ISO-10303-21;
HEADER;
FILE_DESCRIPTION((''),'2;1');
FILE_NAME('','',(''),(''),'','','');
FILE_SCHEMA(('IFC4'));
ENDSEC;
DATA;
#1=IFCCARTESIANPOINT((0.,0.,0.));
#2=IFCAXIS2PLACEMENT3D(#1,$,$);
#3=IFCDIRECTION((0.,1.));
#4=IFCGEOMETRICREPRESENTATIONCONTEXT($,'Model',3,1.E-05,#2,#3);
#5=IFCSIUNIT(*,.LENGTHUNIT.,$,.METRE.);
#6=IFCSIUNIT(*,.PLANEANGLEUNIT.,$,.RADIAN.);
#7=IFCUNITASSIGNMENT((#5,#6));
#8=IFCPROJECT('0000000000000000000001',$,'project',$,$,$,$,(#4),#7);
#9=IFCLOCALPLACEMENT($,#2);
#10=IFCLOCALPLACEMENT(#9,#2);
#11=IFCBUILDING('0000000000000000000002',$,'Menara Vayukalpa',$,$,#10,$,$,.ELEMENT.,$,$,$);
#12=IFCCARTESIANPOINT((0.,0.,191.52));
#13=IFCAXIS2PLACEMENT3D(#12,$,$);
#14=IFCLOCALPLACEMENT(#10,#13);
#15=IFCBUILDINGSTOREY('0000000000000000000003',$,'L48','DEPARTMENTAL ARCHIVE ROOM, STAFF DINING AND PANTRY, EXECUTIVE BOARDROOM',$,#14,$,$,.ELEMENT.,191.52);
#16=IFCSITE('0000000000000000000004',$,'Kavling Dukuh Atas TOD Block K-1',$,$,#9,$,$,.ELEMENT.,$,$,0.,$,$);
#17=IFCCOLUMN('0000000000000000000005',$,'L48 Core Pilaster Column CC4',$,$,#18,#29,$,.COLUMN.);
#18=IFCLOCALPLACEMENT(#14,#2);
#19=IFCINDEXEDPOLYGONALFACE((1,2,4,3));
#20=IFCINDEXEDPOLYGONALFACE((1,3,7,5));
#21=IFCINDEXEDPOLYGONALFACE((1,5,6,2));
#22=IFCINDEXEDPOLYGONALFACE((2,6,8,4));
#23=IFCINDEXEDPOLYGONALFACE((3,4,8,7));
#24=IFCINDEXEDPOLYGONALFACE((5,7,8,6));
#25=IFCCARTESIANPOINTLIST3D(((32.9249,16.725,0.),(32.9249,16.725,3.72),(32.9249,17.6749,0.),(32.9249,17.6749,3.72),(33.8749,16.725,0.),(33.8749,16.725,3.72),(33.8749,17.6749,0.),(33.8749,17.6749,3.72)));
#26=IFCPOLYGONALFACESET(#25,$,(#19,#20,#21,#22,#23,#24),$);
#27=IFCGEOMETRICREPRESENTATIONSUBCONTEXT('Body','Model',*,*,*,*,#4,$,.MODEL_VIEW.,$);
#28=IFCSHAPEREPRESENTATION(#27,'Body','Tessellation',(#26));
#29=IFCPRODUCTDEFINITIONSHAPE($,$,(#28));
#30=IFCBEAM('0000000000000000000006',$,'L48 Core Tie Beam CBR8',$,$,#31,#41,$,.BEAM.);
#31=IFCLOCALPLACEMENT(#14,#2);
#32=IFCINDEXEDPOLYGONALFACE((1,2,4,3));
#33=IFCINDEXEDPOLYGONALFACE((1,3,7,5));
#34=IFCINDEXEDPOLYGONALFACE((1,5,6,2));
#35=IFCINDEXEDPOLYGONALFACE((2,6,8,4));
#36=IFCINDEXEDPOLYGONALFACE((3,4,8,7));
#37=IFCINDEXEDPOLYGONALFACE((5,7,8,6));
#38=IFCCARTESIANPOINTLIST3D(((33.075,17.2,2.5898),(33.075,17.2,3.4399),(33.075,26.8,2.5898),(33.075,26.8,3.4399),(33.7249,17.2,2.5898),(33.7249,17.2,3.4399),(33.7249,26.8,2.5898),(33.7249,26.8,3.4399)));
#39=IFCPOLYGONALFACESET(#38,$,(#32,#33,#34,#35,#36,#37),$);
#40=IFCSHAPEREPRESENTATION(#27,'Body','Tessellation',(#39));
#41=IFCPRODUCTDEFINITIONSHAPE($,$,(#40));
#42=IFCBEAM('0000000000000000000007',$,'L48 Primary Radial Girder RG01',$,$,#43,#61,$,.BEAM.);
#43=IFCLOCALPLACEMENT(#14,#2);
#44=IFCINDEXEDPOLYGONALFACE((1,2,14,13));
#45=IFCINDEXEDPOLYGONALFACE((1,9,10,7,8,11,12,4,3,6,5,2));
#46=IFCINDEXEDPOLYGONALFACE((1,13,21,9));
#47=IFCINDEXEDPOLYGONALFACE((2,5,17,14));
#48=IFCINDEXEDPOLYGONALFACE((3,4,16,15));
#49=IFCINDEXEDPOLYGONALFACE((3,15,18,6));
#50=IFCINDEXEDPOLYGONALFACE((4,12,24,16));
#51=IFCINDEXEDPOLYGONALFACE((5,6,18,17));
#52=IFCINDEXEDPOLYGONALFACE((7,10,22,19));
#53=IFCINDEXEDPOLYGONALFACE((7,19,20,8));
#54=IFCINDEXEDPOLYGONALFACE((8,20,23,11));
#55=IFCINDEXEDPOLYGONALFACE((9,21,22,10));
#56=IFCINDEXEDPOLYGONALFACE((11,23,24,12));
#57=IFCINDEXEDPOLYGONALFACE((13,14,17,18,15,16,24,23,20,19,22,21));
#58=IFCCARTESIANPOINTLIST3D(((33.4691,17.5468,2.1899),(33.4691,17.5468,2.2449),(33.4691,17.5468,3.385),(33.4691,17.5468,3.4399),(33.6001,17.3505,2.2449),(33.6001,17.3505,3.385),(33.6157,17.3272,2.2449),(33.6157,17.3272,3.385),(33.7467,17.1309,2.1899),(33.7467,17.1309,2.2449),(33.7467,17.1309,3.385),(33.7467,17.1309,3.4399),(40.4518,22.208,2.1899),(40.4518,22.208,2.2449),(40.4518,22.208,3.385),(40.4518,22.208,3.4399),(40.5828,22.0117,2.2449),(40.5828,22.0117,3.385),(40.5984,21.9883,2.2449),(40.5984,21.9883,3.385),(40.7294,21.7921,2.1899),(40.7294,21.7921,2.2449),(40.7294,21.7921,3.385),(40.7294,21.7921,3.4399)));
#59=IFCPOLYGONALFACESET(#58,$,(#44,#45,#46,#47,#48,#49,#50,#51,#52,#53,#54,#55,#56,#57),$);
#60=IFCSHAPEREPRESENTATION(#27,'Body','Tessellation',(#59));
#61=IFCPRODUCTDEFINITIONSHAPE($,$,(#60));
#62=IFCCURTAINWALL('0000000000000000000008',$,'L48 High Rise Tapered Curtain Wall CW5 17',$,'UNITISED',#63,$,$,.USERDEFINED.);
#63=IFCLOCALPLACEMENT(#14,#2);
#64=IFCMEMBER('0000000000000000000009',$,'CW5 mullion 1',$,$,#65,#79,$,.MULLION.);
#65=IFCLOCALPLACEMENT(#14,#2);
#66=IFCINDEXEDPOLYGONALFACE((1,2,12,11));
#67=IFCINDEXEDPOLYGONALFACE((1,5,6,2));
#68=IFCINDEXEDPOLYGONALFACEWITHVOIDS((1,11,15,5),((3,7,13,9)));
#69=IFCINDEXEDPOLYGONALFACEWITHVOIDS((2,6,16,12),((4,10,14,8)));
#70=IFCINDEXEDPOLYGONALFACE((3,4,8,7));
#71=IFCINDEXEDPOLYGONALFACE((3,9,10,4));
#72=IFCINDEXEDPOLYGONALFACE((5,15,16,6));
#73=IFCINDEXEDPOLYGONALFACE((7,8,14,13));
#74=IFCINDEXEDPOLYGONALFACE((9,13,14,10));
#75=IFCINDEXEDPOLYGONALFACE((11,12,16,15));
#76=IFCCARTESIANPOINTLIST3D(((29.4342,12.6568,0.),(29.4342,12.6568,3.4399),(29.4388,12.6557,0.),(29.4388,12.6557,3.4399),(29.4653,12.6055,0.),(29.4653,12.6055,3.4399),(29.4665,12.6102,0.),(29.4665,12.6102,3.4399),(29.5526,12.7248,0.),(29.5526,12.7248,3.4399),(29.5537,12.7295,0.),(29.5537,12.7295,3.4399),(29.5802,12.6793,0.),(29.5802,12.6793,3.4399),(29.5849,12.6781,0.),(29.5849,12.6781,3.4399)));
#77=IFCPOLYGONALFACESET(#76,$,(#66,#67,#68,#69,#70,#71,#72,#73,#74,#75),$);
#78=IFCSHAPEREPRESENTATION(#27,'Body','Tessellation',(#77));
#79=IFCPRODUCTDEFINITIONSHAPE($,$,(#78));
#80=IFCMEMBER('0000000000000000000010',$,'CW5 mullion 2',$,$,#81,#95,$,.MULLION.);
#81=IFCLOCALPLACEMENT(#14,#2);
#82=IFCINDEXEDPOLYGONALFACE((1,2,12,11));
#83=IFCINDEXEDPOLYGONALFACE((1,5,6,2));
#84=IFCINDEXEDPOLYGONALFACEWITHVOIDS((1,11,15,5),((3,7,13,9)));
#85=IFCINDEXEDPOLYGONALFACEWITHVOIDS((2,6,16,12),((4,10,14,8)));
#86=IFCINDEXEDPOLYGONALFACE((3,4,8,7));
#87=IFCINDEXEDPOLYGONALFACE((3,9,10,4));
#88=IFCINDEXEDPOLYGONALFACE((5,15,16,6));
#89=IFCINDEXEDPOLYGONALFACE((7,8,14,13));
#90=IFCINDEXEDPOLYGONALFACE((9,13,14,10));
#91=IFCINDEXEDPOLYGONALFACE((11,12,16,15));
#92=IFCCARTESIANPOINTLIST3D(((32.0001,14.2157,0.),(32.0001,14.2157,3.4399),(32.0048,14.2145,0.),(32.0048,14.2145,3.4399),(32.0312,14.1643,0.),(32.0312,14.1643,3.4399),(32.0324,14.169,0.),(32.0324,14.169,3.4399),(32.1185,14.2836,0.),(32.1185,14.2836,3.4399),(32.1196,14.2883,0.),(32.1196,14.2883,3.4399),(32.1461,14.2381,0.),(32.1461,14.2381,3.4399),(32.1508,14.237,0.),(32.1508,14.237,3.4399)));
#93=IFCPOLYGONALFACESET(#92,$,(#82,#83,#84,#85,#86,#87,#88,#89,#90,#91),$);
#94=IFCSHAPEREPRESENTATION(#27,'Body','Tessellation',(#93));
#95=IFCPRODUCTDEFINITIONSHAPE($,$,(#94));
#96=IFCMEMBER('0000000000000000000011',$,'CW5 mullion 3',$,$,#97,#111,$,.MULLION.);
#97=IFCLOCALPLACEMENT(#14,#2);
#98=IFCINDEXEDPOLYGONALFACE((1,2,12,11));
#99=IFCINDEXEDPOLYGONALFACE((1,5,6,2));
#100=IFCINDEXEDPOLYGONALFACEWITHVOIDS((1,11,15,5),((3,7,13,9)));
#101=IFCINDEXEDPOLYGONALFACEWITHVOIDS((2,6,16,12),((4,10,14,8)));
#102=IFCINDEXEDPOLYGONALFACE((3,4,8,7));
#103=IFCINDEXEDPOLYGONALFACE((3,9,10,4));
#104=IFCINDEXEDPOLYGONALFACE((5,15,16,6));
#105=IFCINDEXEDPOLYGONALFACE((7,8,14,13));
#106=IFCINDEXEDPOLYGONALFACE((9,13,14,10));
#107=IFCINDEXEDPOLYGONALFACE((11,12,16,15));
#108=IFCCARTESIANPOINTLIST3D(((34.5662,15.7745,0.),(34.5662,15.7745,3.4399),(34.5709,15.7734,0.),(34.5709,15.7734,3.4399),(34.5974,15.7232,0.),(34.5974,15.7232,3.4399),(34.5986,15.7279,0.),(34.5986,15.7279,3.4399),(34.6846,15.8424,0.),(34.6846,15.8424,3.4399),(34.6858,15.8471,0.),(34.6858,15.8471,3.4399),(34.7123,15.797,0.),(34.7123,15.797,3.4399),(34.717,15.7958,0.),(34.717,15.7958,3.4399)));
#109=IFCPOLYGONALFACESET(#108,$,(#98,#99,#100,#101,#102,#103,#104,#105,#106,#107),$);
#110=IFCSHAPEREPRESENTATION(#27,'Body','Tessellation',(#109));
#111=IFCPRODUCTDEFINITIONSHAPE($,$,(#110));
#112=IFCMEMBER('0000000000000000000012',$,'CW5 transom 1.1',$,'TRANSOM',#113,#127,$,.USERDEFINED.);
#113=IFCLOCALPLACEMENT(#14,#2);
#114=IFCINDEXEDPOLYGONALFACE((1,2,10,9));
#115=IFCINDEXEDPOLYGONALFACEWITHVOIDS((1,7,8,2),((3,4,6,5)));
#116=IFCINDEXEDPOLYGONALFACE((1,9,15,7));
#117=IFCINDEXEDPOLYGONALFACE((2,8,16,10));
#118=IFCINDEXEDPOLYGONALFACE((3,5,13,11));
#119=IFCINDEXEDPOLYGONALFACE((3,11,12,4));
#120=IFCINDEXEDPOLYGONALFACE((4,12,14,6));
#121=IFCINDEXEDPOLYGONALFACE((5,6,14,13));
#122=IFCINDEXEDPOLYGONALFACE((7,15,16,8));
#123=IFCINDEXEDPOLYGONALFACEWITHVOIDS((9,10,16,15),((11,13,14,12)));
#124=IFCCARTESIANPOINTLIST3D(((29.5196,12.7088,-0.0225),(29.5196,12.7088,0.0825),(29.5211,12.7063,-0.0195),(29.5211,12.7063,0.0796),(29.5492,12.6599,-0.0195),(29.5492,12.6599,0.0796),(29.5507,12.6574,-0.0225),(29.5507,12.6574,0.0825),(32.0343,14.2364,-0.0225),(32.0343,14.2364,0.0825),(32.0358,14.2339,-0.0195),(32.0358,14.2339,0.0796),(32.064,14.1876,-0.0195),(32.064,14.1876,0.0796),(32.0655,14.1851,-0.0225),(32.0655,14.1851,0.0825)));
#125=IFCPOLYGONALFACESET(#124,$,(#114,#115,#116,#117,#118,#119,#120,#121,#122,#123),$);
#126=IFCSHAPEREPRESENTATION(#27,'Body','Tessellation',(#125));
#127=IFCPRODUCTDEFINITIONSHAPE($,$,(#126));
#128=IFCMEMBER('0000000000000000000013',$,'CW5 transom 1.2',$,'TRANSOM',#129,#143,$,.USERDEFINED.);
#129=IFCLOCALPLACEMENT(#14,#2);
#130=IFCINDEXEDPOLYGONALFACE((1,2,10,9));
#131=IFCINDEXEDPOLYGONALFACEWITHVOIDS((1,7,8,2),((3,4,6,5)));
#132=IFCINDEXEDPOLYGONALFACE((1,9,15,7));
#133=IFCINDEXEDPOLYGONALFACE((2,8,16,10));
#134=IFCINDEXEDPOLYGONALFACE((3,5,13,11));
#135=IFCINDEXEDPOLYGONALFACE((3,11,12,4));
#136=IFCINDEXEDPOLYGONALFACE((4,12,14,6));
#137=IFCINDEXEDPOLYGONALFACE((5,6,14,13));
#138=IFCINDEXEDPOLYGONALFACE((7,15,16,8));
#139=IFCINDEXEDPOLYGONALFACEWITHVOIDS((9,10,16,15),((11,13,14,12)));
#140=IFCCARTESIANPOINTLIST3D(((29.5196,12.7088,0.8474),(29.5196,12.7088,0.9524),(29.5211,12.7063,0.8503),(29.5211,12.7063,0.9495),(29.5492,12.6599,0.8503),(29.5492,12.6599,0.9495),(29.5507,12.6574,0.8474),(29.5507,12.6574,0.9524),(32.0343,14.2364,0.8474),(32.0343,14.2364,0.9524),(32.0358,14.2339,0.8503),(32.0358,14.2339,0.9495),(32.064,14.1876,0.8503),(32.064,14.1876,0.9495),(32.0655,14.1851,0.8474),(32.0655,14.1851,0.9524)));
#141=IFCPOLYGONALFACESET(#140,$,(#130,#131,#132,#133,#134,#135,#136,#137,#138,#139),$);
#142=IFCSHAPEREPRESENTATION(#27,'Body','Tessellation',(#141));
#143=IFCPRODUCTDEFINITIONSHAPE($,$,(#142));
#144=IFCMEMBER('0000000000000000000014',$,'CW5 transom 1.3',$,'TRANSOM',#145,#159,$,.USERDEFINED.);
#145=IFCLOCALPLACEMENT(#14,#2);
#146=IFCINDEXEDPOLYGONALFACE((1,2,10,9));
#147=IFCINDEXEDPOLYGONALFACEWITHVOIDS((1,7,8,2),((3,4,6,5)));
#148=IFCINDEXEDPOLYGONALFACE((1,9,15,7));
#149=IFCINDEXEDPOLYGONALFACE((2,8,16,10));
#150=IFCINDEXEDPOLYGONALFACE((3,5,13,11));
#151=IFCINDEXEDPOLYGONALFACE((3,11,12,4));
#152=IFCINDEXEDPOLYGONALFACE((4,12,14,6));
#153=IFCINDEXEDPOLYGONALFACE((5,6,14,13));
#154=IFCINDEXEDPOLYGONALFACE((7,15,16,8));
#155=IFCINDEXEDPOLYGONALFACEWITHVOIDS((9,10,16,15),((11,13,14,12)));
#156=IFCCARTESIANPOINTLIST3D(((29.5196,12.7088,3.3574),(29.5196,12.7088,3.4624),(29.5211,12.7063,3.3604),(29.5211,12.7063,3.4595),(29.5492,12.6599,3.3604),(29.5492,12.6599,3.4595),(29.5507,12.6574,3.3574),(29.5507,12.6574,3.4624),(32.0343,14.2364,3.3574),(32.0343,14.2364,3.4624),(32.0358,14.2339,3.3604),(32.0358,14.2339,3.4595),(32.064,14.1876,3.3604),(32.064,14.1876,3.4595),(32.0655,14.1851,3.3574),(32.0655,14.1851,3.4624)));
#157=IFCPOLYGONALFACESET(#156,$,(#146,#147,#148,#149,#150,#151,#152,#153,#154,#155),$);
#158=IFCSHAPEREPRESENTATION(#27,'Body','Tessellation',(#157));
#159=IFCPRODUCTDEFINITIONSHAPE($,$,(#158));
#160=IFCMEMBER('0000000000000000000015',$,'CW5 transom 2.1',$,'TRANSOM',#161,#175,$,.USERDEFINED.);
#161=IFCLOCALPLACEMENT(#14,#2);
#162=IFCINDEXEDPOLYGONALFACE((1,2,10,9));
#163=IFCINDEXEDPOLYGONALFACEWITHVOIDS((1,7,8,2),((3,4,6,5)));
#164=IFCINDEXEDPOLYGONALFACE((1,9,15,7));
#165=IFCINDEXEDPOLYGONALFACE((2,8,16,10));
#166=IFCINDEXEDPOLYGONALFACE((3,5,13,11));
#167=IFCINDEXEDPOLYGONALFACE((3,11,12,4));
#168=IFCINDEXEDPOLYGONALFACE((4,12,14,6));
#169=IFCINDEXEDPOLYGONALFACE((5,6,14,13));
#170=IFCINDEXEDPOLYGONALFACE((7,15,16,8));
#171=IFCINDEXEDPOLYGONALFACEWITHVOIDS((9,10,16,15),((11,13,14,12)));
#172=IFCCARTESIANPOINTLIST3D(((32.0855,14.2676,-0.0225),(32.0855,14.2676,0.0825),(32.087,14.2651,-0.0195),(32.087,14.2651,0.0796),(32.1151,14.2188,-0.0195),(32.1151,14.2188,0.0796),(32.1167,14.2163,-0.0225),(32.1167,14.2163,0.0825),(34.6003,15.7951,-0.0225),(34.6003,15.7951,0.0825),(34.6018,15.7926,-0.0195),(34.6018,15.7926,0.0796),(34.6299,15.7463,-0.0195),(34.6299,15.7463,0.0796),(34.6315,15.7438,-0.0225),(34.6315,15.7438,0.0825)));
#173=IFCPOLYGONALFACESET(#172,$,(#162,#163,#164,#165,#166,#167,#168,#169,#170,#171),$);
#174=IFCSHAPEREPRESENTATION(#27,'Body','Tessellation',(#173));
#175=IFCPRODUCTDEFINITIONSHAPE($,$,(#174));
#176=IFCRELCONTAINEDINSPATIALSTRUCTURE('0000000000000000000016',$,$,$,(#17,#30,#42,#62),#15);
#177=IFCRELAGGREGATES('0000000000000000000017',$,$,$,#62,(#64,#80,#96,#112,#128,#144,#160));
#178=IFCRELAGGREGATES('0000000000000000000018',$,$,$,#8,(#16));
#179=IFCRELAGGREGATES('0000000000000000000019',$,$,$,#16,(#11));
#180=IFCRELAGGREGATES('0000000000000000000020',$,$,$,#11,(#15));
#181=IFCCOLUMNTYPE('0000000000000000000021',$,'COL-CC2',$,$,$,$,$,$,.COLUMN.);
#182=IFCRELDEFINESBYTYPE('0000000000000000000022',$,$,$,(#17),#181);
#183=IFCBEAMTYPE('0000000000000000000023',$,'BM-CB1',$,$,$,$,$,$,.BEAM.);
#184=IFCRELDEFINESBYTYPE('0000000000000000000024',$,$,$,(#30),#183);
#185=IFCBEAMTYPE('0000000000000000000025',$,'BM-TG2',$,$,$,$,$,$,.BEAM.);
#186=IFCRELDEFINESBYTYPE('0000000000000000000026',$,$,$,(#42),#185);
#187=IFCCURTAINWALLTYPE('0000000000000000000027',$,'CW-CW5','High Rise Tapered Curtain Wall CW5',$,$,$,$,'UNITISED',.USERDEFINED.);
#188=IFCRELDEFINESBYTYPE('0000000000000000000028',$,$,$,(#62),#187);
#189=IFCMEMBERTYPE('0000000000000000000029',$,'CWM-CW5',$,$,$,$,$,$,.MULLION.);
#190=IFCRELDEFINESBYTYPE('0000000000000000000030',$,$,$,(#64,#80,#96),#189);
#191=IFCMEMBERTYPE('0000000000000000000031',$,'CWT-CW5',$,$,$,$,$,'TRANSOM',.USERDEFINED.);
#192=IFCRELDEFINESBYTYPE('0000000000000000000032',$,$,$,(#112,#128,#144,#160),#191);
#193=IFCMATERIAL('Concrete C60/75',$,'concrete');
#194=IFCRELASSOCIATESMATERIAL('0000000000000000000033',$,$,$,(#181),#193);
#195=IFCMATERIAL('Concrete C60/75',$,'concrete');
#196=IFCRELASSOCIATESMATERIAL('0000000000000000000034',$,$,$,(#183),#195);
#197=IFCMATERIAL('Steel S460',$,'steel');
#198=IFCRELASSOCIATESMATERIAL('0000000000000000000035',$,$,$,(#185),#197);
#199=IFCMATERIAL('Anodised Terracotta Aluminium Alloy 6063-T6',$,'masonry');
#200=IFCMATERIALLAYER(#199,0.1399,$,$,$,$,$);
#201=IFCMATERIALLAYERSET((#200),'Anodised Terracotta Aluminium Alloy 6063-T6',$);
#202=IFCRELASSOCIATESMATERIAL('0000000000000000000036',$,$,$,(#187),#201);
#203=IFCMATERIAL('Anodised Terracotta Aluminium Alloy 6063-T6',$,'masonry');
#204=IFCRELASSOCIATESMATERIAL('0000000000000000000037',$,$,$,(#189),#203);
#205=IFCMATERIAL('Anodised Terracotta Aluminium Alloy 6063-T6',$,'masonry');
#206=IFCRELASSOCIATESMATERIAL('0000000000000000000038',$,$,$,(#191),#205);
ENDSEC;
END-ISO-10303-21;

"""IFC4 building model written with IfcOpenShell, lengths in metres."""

from ifc_helpers import new_model, si_unit, direction, frame, origin, origin_2d, place, context, subcontext, project, spatial, rectangle, hollow_rectangle, i_section, extrude, material, layer, layer_set, material_profile, profile_set, type_object, element, aggregate, save


model = new_model("IFC4")

# Units and contexts
model_context = context("Model", 3, precision=1e-05, world=origin(), true_north=direction((0.0, 1.0)))
body_context = subcontext(model_context, "Body", "Model", "MODEL_VIEW")
ifc_project = project(units=[si_unit("LENGTHUNIT", "METRE"), si_unit("PLANEANGLEUNIT", "RADIAN")], contexts=[model_context])

# Site, building, storey
site_placement = place(None, origin())
site = spatial("IfcSite", under=ifc_project, at=site_placement, Name="Kavling Dukuh Atas TOD Block K-1", CompositionType="ELEMENT", RefElevation=0.0)
building_placement = place(site_placement, origin())
building = spatial("IfcBuilding", under=site, at=building_placement, Name="Menara Vayukalpa", CompositionType="ELEMENT")
storey_placement = place(building_placement, frame((0.0, 0.0, 191.52)))
storey = spatial("IfcBuildingStorey", under=building, at=storey_placement, Name="L48", Description="DEPARTMENTAL ARCHIVE ROOM, STAFF DINING AND PANTRY, EXECUTIVE BOARDROOM", CompositionType="ELEMENT", Elevation=191.52)

# Column
ifc_material_1 = material(Name="Concrete C60/75", Category="concrete")
ifc_material_profile_1 = material_profile(ifc_material_1, rectangle(XDim=0.95, YDim=0.95, at=origin_2d()), Name="RC 950x950")
ifc_profile_set_1 = profile_set([ifc_material_profile_1], Name="Concrete C60/75")
column_type = type_object("IfcColumnType", Name="COL-CC2", PredefinedType="COLUMN", material=ifc_profile_set_1)
column_placement = place(storey_placement, frame((33.3999, 17.2, 0.0), z_axis=(0.0, 0.0, 1.0), x_axis=(1.0, 0.0, 0.0)))
element("IfcColumn", 1, at=column_placement, inside=storey, type_object=column_type, Name="L48 Core Pilaster Column CC4", PredefinedType="COLUMN", context=body_context, shape_type="SweptSolid", body=[
    extrude(rectangle(XDim=0.95, YDim=0.95, at=origin_2d()), origin(), (0.0, 0.0, 1.0), 3.72),
])

# Beams
ifc_material_2 = material(Name="Concrete C60/75", Category="concrete")
ifc_material_profile_2 = material_profile(ifc_material_2, rectangle(XDim=0.6499, YDim=0.8501, at=origin_2d()), Name="RC 650x850")
ifc_profile_set_2 = profile_set([ifc_material_profile_2], Name="Concrete C60/75")
beam_type_1 = type_object("IfcBeamType", Name="BM-CB1", PredefinedType="BEAM", material=ifc_profile_set_2)
beam_1_placement = place(storey_placement, frame((33.3999, 17.2, 3.0149), z_axis=(0.0, 1.0, 0.0), x_axis=(-1.0, 0.0, 0.0)))
element("IfcBeam", 2, at=beam_1_placement, inside=storey, type_object=beam_type_1, Name="L48 Core Tie Beam CBR8", PredefinedType="BEAM", context=body_context, shape_type="SweptSolid", body=[
    extrude(rectangle(XDim=0.6499, YDim=0.8501, at=origin_2d()), origin(), (0.0, 0.0, 1.0), 9.6001),
])
ifc_material_3 = material(Name="Steel S460", Category="steel")
ifc_material_profile_3 = material_profile(ifc_material_3, i_section(OverallWidth=0.5, OverallDepth=1.25, WebThickness=0.0281, FlangeThickness=0.0549, at=origin_2d()), Name="WG 1250x500x28x55")
ifc_profile_set_3 = profile_set([ifc_material_profile_3], Name="Steel S460")
beam_type_2 = type_object("IfcBeamType", Name="BM-TG2", PredefinedType="BEAM", material=ifc_profile_set_3)
beam_2_placement = place(storey_placement, frame((33.6079, 17.3389, 2.8149), z_axis=(0.831719, 0.555197, 0.0), x_axis=(-0.555197, 0.831719, 0.0)))
element("IfcBeam", 3, at=beam_2_placement, inside=storey, type_object=beam_type_2, Name="L48 Primary Radial Girder RG01", PredefinedType="BEAM", context=body_context, shape_type="SweptSolid", body=[
    extrude(i_section(OverallWidth=0.5, OverallDepth=1.25, WebThickness=0.0281, FlangeThickness=0.0549, at=origin_2d()), origin(), (0.0, 0.0, 1.0), 8.3955),
])

# Curtain wall, members
ifc_material_4 = material(Name="Anodised Terracotta Aluminium Alloy 6063-T6", Category="masonry")
ifc_layer_1 = layer(ifc_material_4, 0.1399)
ifc_layer_set_1 = layer_set([ifc_layer_1], Name="Anodised Terracotta Aluminium Alloy 6063-T6")
curtain_wall_type = type_object("IfcCurtainWallType", Name="CW-CW5", Description="High Rise Tapered Curtain Wall CW5", ElementType="UNITISED", PredefinedType="USERDEFINED", material=ifc_layer_set_1)
curtain_wall_placement = place(storey_placement, origin())
curtain_wall = element("IfcCurtainWall", 4, at=curtain_wall_placement, inside=storey, type_object=curtain_wall_type, Name="L48 High Rise Tapered Curtain Wall CW5 17", ObjectType="UNITISED", PredefinedType="USERDEFINED")
ifc_material_5 = material(Name="Anodised Terracotta Aluminium Alloy 6063-T6", Category="masonry")
ifc_material_profile_4 = material_profile(ifc_material_5, hollow_rectangle(XDim=0.0601, YDim=0.1399, WallThickness=0.0034, at=origin_2d()), Name="ALU 60x140x3.5")
ifc_profile_set_4 = profile_set([ifc_material_profile_4], Name="Anodised Terracotta Aluminium Alloy 6063-T6")
member_type_1 = type_object("IfcMemberType", Name="CWM-CW5", PredefinedType="MULLION", material=ifc_profile_set_4)
member_1_placement = place(storey_placement, frame((29.5095, 12.6675, 0.0), z_axis=(0.0, 0.0, 1.0), x_axis=(-0.51918, 0.854665, 0.0)))
member_1 = element("IfcMember", 5, at=member_1_placement, type_object=member_type_1, Name="CW5 mullion 1", PredefinedType="MULLION", context=body_context, shape_type="SweptSolid", body=[
    extrude(hollow_rectangle(XDim=0.0601, YDim=0.1399, WallThickness=0.0034, at=origin_2d()), origin(), (0.0, 0.0, 1.0), 3.4399),
])
member_2_placement = place(storey_placement, frame((32.0754, 14.2263, 0.0), z_axis=(0.0, 0.0, 1.0), x_axis=(-0.51918, 0.854665, 0.0)))
member_2 = element("IfcMember", 6, at=member_2_placement, type_object=member_type_1, Name="CW5 mullion 2", PredefinedType="MULLION", context=body_context, shape_type="SweptSolid", body=[
    extrude(hollow_rectangle(XDim=0.0601, YDim=0.1399, WallThickness=0.0034, at=origin_2d()), origin(), (0.0, 0.0, 1.0), 3.4399),
])
member_3_placement = place(storey_placement, frame((34.6416, 15.7852, 0.0), z_axis=(0.0, 0.0, 1.0), x_axis=(-0.51918, 0.854665, 0.0)))
member_3 = element("IfcMember", 7, at=member_3_placement, type_object=member_type_1, Name="CW5 mullion 3", PredefinedType="MULLION", context=body_context, shape_type="SweptSolid", body=[
    extrude(hollow_rectangle(XDim=0.0601, YDim=0.1399, WallThickness=0.0034, at=origin_2d()), origin(), (0.0, 0.0, 1.0), 3.4399),
])
ifc_material_6 = material(Name="Anodised Terracotta Aluminium Alloy 6063-T6", Category="masonry")
ifc_material_profile_5 = material_profile(ifc_material_6, hollow_rectangle(XDim=0.0601, YDim=0.105, WallThickness=0.0029, at=origin_2d()), Name="ALU 60x105x3")
ifc_profile_set_5 = profile_set([ifc_material_profile_5], Name="Anodised Terracotta Aluminium Alloy 6063-T6")
member_type_2 = type_object("IfcMemberType", Name="CWT-CW5", ElementType="TRANSOM", PredefinedType="USERDEFINED", material=ifc_profile_set_5)
member_4_placement = place(storey_placement, frame((29.5352, 12.6831, 0.03), z_axis=(0.854661, 0.519186, 0.0), x_axis=(-0.519186, 0.854661, 0.0)))
member_4 = element("IfcMember", 8, at=member_4_placement, type_object=member_type_2, Name="CW5 transom 1.1", ObjectType="TRANSOM", PredefinedType="USERDEFINED", context=body_context, shape_type="SweptSolid", body=[
    extrude(hollow_rectangle(XDim=0.0601, YDim=0.105, WallThickness=0.0029, at=origin_2d()), origin(), (0.0, 0.0, 1.0), 2.9424),
])
member_5_placement = place(storey_placement, frame((29.5352, 12.6831, 0.8999), z_axis=(0.854661, 0.519186, 0.0), x_axis=(-0.519186, 0.854661, 0.0)))
member_5 = element("IfcMember", 9, at=member_5_placement, type_object=member_type_2, Name="CW5 transom 1.2", ObjectType="TRANSOM", PredefinedType="USERDEFINED", context=body_context, shape_type="SweptSolid", body=[
    extrude(hollow_rectangle(XDim=0.0601, YDim=0.105, WallThickness=0.0029, at=origin_2d()), origin(), (0.0, 0.0, 1.0), 2.9424),
])
member_6_placement = place(storey_placement, frame((29.5352, 12.6831, 3.4099), z_axis=(0.854661, 0.519186, 0.0), x_axis=(-0.519186, 0.854661, 0.0)))
member_6 = element("IfcMember", 10, at=member_6_placement, type_object=member_type_2, Name="CW5 transom 1.3", ObjectType="TRANSOM", PredefinedType="USERDEFINED", context=body_context, shape_type="SweptSolid", body=[
    extrude(hollow_rectangle(XDim=0.0601, YDim=0.105, WallThickness=0.0029, at=origin_2d()), origin(), (0.0, 0.0, 1.0), 2.9424),
])
member_7_placement = place(storey_placement, frame((32.1011, 14.2419, 0.03), z_axis=(0.854684, 0.519149, 0.0), x_axis=(-0.519149, 0.854684, 0.0)))
member_7 = element("IfcMember", 11, at=member_7_placement, type_object=member_type_2, Name="CW5 transom 2.1", ObjectType="TRANSOM", PredefinedType="USERDEFINED", context=body_context, shape_type="SweptSolid", body=[
    extrude(hollow_rectangle(XDim=0.0601, YDim=0.105, WallThickness=0.0029, at=origin_2d()), origin(), (0.0, 0.0, 1.0), 2.9424),
])
aggregate(curtain_wall, [member_1, member_2, member_3, member_4, member_5, member_6, member_7])

save(model, "model.ifc")
